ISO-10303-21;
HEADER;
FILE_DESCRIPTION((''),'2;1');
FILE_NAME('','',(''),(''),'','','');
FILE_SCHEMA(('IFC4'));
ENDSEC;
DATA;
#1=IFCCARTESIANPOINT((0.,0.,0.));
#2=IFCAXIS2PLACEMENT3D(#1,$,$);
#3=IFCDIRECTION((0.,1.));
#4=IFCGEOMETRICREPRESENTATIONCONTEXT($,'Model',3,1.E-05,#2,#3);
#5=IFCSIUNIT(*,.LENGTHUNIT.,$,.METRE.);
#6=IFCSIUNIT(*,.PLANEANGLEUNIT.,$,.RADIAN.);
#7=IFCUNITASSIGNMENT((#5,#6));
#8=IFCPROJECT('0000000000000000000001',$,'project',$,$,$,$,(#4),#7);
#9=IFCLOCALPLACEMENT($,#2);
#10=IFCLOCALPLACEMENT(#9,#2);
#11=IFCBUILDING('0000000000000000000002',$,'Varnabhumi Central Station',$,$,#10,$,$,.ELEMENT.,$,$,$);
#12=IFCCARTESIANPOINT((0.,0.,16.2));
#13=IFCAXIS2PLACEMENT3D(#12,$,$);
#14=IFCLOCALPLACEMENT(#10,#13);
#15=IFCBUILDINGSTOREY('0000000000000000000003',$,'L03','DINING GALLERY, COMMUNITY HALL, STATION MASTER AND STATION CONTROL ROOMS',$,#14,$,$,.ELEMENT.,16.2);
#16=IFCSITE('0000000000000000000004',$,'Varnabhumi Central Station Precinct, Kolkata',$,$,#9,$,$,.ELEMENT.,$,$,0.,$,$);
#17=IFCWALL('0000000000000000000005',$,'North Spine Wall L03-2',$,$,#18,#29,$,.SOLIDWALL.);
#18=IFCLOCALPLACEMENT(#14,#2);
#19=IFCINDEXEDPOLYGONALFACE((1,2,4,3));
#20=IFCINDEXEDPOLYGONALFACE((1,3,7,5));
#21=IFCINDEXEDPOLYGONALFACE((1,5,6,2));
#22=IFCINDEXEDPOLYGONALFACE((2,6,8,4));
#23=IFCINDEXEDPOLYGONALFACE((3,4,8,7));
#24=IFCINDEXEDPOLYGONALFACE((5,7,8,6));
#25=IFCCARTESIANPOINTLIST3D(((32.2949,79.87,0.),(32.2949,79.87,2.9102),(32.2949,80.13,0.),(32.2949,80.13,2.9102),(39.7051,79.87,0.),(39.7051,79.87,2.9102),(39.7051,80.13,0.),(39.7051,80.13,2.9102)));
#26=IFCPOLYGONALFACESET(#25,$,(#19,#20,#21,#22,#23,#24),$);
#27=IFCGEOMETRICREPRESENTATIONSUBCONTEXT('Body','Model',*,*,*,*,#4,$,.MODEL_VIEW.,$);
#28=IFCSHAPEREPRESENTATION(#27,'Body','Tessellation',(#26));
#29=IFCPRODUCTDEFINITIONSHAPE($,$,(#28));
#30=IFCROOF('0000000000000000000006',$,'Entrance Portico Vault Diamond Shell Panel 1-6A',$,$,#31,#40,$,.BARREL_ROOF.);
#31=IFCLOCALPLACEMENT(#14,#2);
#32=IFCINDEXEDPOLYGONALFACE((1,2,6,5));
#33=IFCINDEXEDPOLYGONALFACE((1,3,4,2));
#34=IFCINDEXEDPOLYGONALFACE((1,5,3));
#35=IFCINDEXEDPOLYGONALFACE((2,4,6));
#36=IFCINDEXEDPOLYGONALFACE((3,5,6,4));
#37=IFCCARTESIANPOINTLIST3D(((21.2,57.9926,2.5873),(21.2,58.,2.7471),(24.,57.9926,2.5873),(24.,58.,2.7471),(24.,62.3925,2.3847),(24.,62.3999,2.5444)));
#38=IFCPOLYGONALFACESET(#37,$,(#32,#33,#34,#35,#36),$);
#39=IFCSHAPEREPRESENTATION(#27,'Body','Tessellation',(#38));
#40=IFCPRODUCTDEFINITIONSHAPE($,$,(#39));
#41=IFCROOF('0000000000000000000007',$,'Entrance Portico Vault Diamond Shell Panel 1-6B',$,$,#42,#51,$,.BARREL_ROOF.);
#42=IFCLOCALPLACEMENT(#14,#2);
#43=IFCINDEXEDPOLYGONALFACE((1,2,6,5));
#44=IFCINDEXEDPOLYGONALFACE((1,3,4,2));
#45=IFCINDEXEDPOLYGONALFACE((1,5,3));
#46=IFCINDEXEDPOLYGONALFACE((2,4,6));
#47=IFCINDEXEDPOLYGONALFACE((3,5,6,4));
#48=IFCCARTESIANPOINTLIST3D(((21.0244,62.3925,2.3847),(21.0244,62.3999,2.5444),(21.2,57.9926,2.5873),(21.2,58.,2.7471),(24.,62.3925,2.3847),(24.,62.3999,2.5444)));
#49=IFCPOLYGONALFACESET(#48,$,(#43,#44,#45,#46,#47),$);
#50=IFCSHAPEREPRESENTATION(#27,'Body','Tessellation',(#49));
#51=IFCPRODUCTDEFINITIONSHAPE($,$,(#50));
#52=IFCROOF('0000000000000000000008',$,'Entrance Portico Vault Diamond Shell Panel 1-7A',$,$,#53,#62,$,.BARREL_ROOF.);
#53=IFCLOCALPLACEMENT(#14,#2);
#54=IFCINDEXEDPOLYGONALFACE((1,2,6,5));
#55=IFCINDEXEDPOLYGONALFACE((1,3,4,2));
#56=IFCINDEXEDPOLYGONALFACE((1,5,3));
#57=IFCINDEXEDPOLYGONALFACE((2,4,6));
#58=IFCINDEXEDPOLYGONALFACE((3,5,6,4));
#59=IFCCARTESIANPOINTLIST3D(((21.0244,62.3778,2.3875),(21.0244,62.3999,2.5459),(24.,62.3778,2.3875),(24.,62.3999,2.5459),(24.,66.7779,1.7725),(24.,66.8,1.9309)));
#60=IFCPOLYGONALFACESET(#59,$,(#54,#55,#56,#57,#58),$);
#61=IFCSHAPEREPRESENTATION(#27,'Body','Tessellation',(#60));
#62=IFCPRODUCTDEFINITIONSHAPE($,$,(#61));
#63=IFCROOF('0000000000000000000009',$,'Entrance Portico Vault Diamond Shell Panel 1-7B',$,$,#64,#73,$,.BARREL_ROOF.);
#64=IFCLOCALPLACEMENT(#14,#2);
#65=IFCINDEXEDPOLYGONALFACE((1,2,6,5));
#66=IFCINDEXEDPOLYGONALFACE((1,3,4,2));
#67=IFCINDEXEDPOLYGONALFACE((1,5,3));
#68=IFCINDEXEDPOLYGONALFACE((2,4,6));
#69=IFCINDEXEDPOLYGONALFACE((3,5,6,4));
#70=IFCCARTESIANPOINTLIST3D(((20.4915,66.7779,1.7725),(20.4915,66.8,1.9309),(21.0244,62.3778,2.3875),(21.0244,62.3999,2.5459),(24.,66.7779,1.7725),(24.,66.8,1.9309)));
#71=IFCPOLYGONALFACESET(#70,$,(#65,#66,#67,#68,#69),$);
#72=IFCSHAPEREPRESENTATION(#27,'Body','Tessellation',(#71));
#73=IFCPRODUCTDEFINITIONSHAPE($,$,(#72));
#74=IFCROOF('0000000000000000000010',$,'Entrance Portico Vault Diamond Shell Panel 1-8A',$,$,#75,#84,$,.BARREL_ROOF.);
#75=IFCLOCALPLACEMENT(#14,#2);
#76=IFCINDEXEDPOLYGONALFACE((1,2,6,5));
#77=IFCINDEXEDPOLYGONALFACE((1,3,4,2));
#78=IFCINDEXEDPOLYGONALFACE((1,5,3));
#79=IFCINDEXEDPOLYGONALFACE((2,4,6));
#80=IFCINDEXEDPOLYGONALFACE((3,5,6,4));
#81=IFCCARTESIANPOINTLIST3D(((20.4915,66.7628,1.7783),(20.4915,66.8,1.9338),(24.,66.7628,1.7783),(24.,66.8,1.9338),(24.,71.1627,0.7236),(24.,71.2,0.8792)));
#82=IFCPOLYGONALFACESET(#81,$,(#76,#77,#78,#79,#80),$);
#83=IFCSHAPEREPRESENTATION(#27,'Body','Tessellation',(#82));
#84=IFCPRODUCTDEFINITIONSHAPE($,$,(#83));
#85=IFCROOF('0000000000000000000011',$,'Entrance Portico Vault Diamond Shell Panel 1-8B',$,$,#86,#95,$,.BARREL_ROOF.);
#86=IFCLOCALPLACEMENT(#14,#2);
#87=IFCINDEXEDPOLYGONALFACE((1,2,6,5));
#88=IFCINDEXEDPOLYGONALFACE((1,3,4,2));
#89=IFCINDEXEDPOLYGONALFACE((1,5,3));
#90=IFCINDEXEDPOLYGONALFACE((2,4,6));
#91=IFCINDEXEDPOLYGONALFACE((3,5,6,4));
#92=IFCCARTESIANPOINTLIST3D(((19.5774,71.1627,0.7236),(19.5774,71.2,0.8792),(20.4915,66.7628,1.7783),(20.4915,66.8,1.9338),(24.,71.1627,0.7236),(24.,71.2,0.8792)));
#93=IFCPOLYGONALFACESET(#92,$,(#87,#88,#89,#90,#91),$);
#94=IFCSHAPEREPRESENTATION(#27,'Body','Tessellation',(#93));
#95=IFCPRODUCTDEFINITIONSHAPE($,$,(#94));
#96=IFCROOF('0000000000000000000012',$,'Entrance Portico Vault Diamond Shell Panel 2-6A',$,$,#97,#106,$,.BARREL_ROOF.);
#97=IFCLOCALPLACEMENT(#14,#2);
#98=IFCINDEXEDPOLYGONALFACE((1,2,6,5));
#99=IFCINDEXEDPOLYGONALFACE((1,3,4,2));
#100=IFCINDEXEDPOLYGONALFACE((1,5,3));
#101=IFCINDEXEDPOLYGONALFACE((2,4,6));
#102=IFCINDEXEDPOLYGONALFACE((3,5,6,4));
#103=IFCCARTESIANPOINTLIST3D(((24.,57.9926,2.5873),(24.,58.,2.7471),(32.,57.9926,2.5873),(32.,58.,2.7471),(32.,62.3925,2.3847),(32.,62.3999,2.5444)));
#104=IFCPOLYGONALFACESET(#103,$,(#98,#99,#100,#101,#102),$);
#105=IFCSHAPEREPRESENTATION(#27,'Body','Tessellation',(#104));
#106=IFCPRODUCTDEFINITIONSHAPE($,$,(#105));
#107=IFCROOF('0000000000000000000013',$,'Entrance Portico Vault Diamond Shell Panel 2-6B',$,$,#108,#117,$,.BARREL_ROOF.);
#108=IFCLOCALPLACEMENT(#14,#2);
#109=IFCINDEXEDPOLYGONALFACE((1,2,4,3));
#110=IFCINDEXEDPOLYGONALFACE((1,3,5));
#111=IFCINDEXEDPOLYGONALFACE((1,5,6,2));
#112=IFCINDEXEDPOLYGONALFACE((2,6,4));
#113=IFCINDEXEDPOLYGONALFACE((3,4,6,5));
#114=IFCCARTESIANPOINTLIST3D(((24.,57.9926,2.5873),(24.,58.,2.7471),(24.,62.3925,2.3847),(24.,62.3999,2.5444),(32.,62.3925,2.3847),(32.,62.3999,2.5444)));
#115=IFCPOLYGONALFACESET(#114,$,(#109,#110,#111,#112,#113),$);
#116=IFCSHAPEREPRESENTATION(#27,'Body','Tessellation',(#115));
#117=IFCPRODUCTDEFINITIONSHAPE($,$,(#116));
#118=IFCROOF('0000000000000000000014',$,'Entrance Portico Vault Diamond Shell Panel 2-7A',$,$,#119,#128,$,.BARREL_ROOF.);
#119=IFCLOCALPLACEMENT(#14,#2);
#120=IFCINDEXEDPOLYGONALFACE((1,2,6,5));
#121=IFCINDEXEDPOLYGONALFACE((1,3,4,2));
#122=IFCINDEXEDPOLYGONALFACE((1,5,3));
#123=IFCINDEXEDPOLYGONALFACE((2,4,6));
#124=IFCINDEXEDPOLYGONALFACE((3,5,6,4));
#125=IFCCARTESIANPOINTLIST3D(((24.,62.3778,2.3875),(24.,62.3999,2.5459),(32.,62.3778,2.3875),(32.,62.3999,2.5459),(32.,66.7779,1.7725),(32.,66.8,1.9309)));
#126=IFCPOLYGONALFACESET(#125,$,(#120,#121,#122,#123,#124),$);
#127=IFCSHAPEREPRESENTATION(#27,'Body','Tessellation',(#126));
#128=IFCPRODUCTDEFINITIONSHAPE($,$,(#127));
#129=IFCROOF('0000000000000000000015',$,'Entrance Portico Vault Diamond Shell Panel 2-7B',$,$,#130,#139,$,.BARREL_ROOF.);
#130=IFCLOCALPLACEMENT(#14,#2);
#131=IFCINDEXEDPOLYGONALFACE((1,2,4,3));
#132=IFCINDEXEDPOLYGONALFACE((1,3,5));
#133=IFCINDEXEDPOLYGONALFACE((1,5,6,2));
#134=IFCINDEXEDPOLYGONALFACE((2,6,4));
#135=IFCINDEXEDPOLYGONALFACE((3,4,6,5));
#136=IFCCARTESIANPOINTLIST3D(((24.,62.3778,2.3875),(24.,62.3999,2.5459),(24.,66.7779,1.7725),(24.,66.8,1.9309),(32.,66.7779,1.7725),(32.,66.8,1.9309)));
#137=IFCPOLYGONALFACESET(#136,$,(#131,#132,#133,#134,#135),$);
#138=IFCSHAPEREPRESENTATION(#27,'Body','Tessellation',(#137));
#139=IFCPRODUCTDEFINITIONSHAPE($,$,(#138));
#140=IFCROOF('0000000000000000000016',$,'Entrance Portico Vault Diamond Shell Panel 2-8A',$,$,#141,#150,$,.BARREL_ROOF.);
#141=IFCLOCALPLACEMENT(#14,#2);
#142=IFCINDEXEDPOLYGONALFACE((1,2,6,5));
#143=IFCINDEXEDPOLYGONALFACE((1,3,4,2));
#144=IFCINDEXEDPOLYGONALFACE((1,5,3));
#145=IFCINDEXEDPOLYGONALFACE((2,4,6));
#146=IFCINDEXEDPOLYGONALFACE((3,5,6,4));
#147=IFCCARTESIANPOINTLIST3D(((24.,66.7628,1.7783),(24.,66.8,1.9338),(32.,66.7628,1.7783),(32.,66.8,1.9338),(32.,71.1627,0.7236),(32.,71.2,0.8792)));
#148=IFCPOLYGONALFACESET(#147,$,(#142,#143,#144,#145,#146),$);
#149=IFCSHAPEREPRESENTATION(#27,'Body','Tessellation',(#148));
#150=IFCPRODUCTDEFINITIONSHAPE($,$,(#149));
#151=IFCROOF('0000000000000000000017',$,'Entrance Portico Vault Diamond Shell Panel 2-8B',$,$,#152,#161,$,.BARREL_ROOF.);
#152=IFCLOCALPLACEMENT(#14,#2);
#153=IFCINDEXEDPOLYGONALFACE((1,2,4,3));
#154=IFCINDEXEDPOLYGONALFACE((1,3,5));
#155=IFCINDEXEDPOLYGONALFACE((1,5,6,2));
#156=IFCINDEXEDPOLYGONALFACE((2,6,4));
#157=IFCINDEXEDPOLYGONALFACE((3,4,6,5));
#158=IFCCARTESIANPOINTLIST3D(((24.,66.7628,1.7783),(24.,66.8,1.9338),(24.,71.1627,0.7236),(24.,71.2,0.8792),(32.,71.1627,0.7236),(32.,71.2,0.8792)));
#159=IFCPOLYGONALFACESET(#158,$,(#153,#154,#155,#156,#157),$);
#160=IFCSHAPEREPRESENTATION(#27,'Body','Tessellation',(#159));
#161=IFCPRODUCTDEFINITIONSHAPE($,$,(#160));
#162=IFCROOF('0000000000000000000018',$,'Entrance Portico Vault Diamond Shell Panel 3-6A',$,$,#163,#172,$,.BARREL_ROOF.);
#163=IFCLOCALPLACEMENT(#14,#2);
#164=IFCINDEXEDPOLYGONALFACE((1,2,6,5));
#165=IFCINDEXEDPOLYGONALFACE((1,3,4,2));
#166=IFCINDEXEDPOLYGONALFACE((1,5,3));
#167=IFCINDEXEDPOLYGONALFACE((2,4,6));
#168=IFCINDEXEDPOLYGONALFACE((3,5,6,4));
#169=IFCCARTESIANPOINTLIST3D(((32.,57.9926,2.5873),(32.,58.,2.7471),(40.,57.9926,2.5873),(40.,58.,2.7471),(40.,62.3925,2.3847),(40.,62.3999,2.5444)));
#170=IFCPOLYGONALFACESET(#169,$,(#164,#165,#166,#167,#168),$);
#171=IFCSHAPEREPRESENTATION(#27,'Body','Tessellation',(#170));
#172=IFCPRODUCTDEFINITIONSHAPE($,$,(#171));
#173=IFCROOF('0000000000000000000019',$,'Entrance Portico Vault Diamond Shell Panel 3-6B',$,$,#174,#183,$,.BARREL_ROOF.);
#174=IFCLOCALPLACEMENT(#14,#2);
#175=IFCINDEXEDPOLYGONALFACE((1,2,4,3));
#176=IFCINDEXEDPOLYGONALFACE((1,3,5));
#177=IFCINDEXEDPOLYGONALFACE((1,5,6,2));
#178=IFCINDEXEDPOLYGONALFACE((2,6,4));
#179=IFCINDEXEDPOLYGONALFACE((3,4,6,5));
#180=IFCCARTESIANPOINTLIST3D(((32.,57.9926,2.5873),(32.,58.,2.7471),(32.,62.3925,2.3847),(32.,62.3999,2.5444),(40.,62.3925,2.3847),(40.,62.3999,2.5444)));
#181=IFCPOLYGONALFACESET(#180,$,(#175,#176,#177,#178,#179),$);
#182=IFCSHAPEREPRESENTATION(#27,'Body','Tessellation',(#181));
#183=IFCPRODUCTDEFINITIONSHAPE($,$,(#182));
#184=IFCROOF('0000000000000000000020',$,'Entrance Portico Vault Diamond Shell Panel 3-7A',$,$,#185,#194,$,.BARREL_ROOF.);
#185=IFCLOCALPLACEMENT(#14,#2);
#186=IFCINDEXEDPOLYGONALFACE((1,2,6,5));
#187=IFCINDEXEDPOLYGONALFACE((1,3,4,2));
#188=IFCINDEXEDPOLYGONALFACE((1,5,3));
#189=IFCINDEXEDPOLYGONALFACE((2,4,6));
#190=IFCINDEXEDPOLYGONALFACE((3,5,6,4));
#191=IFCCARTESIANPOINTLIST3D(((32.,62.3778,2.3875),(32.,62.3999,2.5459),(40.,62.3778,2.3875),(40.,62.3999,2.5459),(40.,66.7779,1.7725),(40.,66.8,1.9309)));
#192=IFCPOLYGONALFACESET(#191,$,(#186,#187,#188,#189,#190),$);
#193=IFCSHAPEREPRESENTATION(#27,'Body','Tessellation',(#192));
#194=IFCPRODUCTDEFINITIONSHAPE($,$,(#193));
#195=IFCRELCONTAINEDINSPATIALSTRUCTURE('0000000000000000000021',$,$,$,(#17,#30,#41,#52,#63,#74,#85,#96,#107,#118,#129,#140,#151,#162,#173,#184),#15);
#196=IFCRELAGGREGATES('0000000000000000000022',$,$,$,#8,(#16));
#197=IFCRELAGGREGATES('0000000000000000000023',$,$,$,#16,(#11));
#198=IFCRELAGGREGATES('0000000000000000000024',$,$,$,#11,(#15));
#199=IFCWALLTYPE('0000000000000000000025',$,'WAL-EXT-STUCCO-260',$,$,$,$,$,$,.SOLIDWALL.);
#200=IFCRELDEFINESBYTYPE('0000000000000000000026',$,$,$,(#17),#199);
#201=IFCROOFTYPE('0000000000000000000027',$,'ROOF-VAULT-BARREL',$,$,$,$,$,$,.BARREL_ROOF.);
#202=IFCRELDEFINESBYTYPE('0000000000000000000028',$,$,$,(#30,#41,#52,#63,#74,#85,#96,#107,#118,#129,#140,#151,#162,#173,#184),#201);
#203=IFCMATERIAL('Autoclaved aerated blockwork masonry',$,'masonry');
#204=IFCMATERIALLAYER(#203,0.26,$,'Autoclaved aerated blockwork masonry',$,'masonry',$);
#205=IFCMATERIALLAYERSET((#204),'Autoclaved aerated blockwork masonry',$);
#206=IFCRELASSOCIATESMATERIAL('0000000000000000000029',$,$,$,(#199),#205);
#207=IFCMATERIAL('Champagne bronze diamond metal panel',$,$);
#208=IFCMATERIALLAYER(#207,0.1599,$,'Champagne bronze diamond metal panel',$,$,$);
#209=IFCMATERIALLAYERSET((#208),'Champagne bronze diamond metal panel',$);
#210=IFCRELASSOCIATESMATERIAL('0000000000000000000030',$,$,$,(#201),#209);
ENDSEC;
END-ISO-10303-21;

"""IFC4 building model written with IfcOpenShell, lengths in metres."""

from ifc_helpers import new_model, si_unit, direction, frame, frame_2d, origin, place, context, subcontext, project, spatial, polyline, rectangle, outline, extrude, material, layer, layer_set, type_object, element, save


model = new_model("IFC4")

# Units and contexts
model_context = context("Model", 3, precision=1e-05, world=origin(), true_north=direction((0.0, 1.0)))
body_context = subcontext(model_context, "Body", "Model", "MODEL_VIEW")
ifc_project = project(units=[si_unit("LENGTHUNIT", "METRE"), si_unit("PLANEANGLEUNIT", "RADIAN")], contexts=[model_context])

# Site, building, storey
site_placement = place(None, origin())
site = spatial("IfcSite", under=ifc_project, at=site_placement, Name="Varnabhumi Central Station Precinct, Kolkata", CompositionType="ELEMENT", RefElevation=0.0)
building_placement = place(site_placement, origin())
building = spatial("IfcBuilding", under=site, at=building_placement, Name="Varnabhumi Central Station", CompositionType="ELEMENT")
storey_placement = place(building_placement, frame((0.0, 0.0, 16.2)))
storey = spatial("IfcBuildingStorey", under=building, at=storey_placement, Name="L03", Description="DINING GALLERY, COMMUNITY HALL, STATION MASTER AND STATION CONTROL ROOMS", CompositionType="ELEMENT", Elevation=16.2)

# Wall
ifc_material_1 = material(Name="Autoclaved aerated blockwork masonry", Category="masonry")
ifc_layer_1 = layer(ifc_material_1, 0.26, Name="Autoclaved aerated blockwork masonry", Category="masonry")
ifc_layer_set_1 = layer_set([ifc_layer_1], Name="Autoclaved aerated blockwork masonry")
wall_type = type_object("IfcWallType", Name="WAL-EXT-STUCCO-260", PredefinedType="SOLIDWALL", material=ifc_layer_set_1)
wall_placement = place(storey_placement, frame((32.2949, 80.0, 0.0), z_axis=(0.0, 0.0, 1.0), x_axis=(1.0, 0.0, 0.0)))
element("IfcWall", 1, at=wall_placement, inside=storey, type_object=wall_type, Name="North Spine Wall L03-2", PredefinedType="SOLIDWALL", context=body_context, shape_type="SweptSolid", body=[
    extrude(rectangle(XDim=7.4102, YDim=0.26, at=frame_2d((3.7051, 0.0))), origin(), (0.0, 0.0, 1.0), 2.9102),
])

# Roofs
ifc_material_2 = material(Name="Champagne bronze diamond metal panel")
ifc_layer_2 = layer(ifc_material_2, 0.1599, Name="Champagne bronze diamond metal panel")
ifc_layer_set_2 = layer_set([ifc_layer_2], Name="Champagne bronze diamond metal panel")
roof_type = type_object("IfcRoofType", Name="ROOF-VAULT-BARREL", PredefinedType="BARREL_ROOF", material=ifc_layer_set_2)
roof_1_placement = place(storey_placement, frame((21.2, 58.0, 2.7471), z_axis=(0.0, 0.046006, 0.998941), x_axis=(1.0, 0.0, 0.0)))
element("IfcRoof", 2, at=roof_1_placement, inside=storey, type_object=roof_type, Name="Entrance Portico Vault Diamond Shell Panel 1-6A", PredefinedType="BARREL_ROOF", context=body_context, shape_type="SweptSolid", body=[
    extrude(outline(polyline([(0.0, 0.0), (2.8, 0.0), (2.8, 4.4046), (0.0, 0.0)])), origin(), (0.0, 0.0, -1.0), 0.1599),
])
roof_2_placement = place(storey_placement, frame((21.2, 58.0, 2.7471), z_axis=(0.0, 0.046006, 0.998941), x_axis=(0.536486, 0.843016, -0.038825)))
element("IfcRoof", 3, at=roof_2_placement, inside=storey, type_object=roof_type, Name="Entrance Portico Vault Diamond Shell Panel 1-6B", PredefinedType="BARREL_ROOF", context=body_context, shape_type="SweptSolid", body=[
    extrude(outline(polyline([(0.0, 0.0), (5.2192, 0.0), (3.6229, 2.5111), (0.0, 0.0)])), origin(), (0.0, 0.0, -1.0), 0.1599),
])
roof_3_placement = place(storey_placement, frame((21.0244, 62.3999, 2.5459), z_axis=(0.0, 0.13842, 0.990374), x_axis=(1.0, 0.0, 0.0)))
element("IfcRoof", 4, at=roof_3_placement, inside=storey, type_object=roof_type, Name="Entrance Portico Vault Diamond Shell Panel 1-7A", PredefinedType="BARREL_ROOF", context=body_context, shape_type="SweptSolid", body=[
    extrude(outline(polyline([(0.0, 0.0), (2.9756, 0.0), (2.9756, 4.4429), (0.0, 0.0)])), origin(), (0.0, 0.0, -1.0), 0.1599),
])
roof_4_placement = place(storey_placement, frame((21.0244, 62.3999, 2.5459), z_axis=(0.0, 0.13842, 0.990374), x_axis=(0.556465, 0.822873, -0.115009)))
element("IfcRoof", 5, at=roof_4_placement, inside=storey, type_object=roof_type, Name="Entrance Portico Vault Diamond Shell Panel 1-7B", PredefinedType="BARREL_ROOF", context=body_context, shape_type="SweptSolid", body=[
    extrude(outline(polyline([(0.0, 0.0), (5.3473, 0.0), (3.3949, 2.9151), (0.0, 0.0)])), origin(), (0.0, 0.0, -1.0), 0.1599),
])
roof_5_placement = place(storey_placement, frame((20.4915, 66.8, 1.9338), z_axis=(0.0, 0.233104, 0.972452), x_axis=(1.0, 0.0, 0.0)))
element("IfcRoof", 6, at=roof_5_placement, inside=storey, type_object=roof_type, Name="Entrance Portico Vault Diamond Shell Panel 1-8A", PredefinedType="BARREL_ROOF", context=body_context, shape_type="SweptSolid", body=[
    extrude(outline(polyline([(0.0, 0.0), (3.5085, 0.0), (3.5085, 4.5245), (0.0, 0.0)])), origin(), (0.0, 0.0, -1.0), 0.1599),
])
roof_6_placement = place(storey_placement, frame((20.4915, 66.8, 1.9338), z_axis=(0.0, 0.233104, 0.972452), x_axis=(0.612792, 0.768474, -0.184209)))
element("IfcRoof", 7, at=roof_6_placement, inside=storey, type_object=roof_type, Name="Entrance Portico Vault Diamond Shell Panel 1-8B", PredefinedType="BARREL_ROOF", context=body_context, shape_type="SweptSolid", body=[
    extrude(outline(polyline([(0.0, 0.0), (5.7255, 0.0), (3.0154, 3.4949), (0.0, 0.0)])), origin(), (0.0, 0.0, -1.0), 0.1599),
])
roof_7_placement = place(storey_placement, frame((24.0, 58.0, 2.7471), z_axis=(0.0, 0.046006, 0.998941), x_axis=(1.0, 0.0, 0.0)))
element("IfcRoof", 8, at=roof_7_placement, inside=storey, type_object=roof_type, Name="Entrance Portico Vault Diamond Shell Panel 2-6A", PredefinedType="BARREL_ROOF", context=body_context, shape_type="SweptSolid", body=[
    extrude(outline(polyline([(0.0, 0.0), (8.0, 0.0), (8.0, 4.4046), (0.0, 0.0)])), origin(), (0.0, 0.0, -1.0), 0.1599),
])
roof_8_placement = place(storey_placement, frame((24.0, 58.0, 2.7471), z_axis=(0.0, 0.046006, 0.998941), x_axis=(0.876005, 0.481792, -0.022189)))
element("IfcRoof", 9, at=roof_8_placement, inside=storey, type_object=roof_type, Name="Entrance Portico Vault Diamond Shell Panel 2-6B", PredefinedType="BARREL_ROOF", context=body_context, shape_type="SweptSolid", body=[
    extrude(outline(polyline([(0.0, 0.0), (9.1324, 0.0), (2.1243, 3.8584), (0.0, 0.0)])), origin(), (0.0, 0.0, -1.0), 0.1599),
])
roof_9_placement = place(storey_placement, frame((24.0, 62.3999, 2.5459), z_axis=(0.0, 0.13842, 0.990374), x_axis=(1.0, 0.0, 0.0)))
element("IfcRoof", 10, at=roof_9_placement, inside=storey, type_object=roof_type, Name="Entrance Portico Vault Diamond Shell Panel 2-7A", PredefinedType="BARREL_ROOF", context=body_context, shape_type="SweptSolid", body=[
    extrude(outline(polyline([(0.0, 0.0), (8.0, 0.0), (8.0, 4.4429), (0.0, 0.0)])), origin(), (0.0, 0.0, -1.0), 0.1599),
])
roof_10_placement = place(storey_placement, frame((24.0, 62.3999, 2.5459), z_axis=(0.0, 0.13842, 0.990374), x_axis=(0.874228, 0.480842, -0.067205)))
element("IfcRoof", 11, at=roof_10_placement, inside=storey, type_object=roof_type, Name="Entrance Portico Vault Diamond Shell Panel 2-7B", PredefinedType="BARREL_ROOF", context=body_context, shape_type="SweptSolid", body=[
    extrude(outline(polyline([(0.0, 0.0), (9.1509, 0.0), (2.1571, 3.8841), (0.0, 0.0)])), origin(), (0.0, 0.0, -1.0), 0.1599),
])
roof_11_placement = place(storey_placement, frame((24.0, 66.8, 1.9338), z_axis=(0.0, 0.233104, 0.972452), x_axis=(1.0, 0.0, 0.0)))
element("IfcRoof", 12, at=roof_11_placement, inside=storey, type_object=roof_type, Name="Entrance Portico Vault Diamond Shell Panel 2-8A", PredefinedType="BARREL_ROOF", context=body_context, shape_type="SweptSolid", body=[
    extrude(outline(polyline([(0.0, 0.0), (8.0, 0.0), (8.0, 4.5245), (0.0, 0.0)])), origin(), (0.0, 0.0, -1.0), 0.1599),
])
roof_12_placement = place(storey_placement, frame((24.0, 66.8, 1.9338), z_axis=(0.0, 0.233104, 0.972452), x_axis=(0.870432, 0.478727, -0.114754)))
element("IfcRoof", 13, at=roof_12_placement, inside=storey, type_object=roof_type, Name="Entrance Portico Vault Diamond Shell Panel 2-8B", PredefinedType="BARREL_ROOF", context=body_context, shape_type="SweptSolid", body=[
    extrude(outline(polyline([(0.0, 0.0), (9.1908, 0.0), (2.2274, 3.9383), (0.0, 0.0)])), origin(), (0.0, 0.0, -1.0), 0.1599),
])
roof_13_placement = place(storey_placement, frame((32.0, 58.0, 2.7471), z_axis=(0.0, 0.046006, 0.998941), x_axis=(1.0, 0.0, 0.0)))
element("IfcRoof", 14, at=roof_13_placement, inside=storey, type_object=roof_type, Name="Entrance Portico Vault Diamond Shell Panel 3-6A", PredefinedType="BARREL_ROOF", context=body_context, shape_type="SweptSolid", body=[
    extrude(outline(polyline([(0.0, 0.0), (8.0, 0.0), (8.0, 4.4046), (0.0, 0.0)])), origin(), (0.0, 0.0, -1.0), 0.1599),
])
roof_14_placement = place(storey_placement, frame((32.0, 58.0, 2.7471), z_axis=(0.0, 0.046006, 0.998941), x_axis=(0.876005, 0.481792, -0.022189)))
element("IfcRoof", 15, at=roof_14_placement, inside=storey, type_object=roof_type, Name="Entrance Portico Vault Diamond Shell Panel 3-6B", PredefinedType="BARREL_ROOF", context=body_context, shape_type="SweptSolid", body=[
    extrude(outline(polyline([(0.0, 0.0), (9.1324, 0.0), (2.1243, 3.8584), (0.0, 0.0)])), origin(), (0.0, 0.0, -1.0), 0.1599),
])
roof_15_placement = place(storey_placement, frame((32.0, 62.3999, 2.5459), z_axis=(0.0, 0.13842, 0.990374), x_axis=(1.0, 0.0, 0.0)))
element("IfcRoof", 16, at=roof_15_placement, inside=storey, type_object=roof_type, Name="Entrance Portico Vault Diamond Shell Panel 3-7A", PredefinedType="BARREL_ROOF", context=body_context, shape_type="SweptSolid", body=[
    extrude(outline(polyline([(0.0, 0.0), (8.0, 0.0), (8.0, 4.4429), (0.0, 0.0)])), origin(), (0.0, 0.0, -1.0), 0.1599),
])

save(model, "model.ifc")
